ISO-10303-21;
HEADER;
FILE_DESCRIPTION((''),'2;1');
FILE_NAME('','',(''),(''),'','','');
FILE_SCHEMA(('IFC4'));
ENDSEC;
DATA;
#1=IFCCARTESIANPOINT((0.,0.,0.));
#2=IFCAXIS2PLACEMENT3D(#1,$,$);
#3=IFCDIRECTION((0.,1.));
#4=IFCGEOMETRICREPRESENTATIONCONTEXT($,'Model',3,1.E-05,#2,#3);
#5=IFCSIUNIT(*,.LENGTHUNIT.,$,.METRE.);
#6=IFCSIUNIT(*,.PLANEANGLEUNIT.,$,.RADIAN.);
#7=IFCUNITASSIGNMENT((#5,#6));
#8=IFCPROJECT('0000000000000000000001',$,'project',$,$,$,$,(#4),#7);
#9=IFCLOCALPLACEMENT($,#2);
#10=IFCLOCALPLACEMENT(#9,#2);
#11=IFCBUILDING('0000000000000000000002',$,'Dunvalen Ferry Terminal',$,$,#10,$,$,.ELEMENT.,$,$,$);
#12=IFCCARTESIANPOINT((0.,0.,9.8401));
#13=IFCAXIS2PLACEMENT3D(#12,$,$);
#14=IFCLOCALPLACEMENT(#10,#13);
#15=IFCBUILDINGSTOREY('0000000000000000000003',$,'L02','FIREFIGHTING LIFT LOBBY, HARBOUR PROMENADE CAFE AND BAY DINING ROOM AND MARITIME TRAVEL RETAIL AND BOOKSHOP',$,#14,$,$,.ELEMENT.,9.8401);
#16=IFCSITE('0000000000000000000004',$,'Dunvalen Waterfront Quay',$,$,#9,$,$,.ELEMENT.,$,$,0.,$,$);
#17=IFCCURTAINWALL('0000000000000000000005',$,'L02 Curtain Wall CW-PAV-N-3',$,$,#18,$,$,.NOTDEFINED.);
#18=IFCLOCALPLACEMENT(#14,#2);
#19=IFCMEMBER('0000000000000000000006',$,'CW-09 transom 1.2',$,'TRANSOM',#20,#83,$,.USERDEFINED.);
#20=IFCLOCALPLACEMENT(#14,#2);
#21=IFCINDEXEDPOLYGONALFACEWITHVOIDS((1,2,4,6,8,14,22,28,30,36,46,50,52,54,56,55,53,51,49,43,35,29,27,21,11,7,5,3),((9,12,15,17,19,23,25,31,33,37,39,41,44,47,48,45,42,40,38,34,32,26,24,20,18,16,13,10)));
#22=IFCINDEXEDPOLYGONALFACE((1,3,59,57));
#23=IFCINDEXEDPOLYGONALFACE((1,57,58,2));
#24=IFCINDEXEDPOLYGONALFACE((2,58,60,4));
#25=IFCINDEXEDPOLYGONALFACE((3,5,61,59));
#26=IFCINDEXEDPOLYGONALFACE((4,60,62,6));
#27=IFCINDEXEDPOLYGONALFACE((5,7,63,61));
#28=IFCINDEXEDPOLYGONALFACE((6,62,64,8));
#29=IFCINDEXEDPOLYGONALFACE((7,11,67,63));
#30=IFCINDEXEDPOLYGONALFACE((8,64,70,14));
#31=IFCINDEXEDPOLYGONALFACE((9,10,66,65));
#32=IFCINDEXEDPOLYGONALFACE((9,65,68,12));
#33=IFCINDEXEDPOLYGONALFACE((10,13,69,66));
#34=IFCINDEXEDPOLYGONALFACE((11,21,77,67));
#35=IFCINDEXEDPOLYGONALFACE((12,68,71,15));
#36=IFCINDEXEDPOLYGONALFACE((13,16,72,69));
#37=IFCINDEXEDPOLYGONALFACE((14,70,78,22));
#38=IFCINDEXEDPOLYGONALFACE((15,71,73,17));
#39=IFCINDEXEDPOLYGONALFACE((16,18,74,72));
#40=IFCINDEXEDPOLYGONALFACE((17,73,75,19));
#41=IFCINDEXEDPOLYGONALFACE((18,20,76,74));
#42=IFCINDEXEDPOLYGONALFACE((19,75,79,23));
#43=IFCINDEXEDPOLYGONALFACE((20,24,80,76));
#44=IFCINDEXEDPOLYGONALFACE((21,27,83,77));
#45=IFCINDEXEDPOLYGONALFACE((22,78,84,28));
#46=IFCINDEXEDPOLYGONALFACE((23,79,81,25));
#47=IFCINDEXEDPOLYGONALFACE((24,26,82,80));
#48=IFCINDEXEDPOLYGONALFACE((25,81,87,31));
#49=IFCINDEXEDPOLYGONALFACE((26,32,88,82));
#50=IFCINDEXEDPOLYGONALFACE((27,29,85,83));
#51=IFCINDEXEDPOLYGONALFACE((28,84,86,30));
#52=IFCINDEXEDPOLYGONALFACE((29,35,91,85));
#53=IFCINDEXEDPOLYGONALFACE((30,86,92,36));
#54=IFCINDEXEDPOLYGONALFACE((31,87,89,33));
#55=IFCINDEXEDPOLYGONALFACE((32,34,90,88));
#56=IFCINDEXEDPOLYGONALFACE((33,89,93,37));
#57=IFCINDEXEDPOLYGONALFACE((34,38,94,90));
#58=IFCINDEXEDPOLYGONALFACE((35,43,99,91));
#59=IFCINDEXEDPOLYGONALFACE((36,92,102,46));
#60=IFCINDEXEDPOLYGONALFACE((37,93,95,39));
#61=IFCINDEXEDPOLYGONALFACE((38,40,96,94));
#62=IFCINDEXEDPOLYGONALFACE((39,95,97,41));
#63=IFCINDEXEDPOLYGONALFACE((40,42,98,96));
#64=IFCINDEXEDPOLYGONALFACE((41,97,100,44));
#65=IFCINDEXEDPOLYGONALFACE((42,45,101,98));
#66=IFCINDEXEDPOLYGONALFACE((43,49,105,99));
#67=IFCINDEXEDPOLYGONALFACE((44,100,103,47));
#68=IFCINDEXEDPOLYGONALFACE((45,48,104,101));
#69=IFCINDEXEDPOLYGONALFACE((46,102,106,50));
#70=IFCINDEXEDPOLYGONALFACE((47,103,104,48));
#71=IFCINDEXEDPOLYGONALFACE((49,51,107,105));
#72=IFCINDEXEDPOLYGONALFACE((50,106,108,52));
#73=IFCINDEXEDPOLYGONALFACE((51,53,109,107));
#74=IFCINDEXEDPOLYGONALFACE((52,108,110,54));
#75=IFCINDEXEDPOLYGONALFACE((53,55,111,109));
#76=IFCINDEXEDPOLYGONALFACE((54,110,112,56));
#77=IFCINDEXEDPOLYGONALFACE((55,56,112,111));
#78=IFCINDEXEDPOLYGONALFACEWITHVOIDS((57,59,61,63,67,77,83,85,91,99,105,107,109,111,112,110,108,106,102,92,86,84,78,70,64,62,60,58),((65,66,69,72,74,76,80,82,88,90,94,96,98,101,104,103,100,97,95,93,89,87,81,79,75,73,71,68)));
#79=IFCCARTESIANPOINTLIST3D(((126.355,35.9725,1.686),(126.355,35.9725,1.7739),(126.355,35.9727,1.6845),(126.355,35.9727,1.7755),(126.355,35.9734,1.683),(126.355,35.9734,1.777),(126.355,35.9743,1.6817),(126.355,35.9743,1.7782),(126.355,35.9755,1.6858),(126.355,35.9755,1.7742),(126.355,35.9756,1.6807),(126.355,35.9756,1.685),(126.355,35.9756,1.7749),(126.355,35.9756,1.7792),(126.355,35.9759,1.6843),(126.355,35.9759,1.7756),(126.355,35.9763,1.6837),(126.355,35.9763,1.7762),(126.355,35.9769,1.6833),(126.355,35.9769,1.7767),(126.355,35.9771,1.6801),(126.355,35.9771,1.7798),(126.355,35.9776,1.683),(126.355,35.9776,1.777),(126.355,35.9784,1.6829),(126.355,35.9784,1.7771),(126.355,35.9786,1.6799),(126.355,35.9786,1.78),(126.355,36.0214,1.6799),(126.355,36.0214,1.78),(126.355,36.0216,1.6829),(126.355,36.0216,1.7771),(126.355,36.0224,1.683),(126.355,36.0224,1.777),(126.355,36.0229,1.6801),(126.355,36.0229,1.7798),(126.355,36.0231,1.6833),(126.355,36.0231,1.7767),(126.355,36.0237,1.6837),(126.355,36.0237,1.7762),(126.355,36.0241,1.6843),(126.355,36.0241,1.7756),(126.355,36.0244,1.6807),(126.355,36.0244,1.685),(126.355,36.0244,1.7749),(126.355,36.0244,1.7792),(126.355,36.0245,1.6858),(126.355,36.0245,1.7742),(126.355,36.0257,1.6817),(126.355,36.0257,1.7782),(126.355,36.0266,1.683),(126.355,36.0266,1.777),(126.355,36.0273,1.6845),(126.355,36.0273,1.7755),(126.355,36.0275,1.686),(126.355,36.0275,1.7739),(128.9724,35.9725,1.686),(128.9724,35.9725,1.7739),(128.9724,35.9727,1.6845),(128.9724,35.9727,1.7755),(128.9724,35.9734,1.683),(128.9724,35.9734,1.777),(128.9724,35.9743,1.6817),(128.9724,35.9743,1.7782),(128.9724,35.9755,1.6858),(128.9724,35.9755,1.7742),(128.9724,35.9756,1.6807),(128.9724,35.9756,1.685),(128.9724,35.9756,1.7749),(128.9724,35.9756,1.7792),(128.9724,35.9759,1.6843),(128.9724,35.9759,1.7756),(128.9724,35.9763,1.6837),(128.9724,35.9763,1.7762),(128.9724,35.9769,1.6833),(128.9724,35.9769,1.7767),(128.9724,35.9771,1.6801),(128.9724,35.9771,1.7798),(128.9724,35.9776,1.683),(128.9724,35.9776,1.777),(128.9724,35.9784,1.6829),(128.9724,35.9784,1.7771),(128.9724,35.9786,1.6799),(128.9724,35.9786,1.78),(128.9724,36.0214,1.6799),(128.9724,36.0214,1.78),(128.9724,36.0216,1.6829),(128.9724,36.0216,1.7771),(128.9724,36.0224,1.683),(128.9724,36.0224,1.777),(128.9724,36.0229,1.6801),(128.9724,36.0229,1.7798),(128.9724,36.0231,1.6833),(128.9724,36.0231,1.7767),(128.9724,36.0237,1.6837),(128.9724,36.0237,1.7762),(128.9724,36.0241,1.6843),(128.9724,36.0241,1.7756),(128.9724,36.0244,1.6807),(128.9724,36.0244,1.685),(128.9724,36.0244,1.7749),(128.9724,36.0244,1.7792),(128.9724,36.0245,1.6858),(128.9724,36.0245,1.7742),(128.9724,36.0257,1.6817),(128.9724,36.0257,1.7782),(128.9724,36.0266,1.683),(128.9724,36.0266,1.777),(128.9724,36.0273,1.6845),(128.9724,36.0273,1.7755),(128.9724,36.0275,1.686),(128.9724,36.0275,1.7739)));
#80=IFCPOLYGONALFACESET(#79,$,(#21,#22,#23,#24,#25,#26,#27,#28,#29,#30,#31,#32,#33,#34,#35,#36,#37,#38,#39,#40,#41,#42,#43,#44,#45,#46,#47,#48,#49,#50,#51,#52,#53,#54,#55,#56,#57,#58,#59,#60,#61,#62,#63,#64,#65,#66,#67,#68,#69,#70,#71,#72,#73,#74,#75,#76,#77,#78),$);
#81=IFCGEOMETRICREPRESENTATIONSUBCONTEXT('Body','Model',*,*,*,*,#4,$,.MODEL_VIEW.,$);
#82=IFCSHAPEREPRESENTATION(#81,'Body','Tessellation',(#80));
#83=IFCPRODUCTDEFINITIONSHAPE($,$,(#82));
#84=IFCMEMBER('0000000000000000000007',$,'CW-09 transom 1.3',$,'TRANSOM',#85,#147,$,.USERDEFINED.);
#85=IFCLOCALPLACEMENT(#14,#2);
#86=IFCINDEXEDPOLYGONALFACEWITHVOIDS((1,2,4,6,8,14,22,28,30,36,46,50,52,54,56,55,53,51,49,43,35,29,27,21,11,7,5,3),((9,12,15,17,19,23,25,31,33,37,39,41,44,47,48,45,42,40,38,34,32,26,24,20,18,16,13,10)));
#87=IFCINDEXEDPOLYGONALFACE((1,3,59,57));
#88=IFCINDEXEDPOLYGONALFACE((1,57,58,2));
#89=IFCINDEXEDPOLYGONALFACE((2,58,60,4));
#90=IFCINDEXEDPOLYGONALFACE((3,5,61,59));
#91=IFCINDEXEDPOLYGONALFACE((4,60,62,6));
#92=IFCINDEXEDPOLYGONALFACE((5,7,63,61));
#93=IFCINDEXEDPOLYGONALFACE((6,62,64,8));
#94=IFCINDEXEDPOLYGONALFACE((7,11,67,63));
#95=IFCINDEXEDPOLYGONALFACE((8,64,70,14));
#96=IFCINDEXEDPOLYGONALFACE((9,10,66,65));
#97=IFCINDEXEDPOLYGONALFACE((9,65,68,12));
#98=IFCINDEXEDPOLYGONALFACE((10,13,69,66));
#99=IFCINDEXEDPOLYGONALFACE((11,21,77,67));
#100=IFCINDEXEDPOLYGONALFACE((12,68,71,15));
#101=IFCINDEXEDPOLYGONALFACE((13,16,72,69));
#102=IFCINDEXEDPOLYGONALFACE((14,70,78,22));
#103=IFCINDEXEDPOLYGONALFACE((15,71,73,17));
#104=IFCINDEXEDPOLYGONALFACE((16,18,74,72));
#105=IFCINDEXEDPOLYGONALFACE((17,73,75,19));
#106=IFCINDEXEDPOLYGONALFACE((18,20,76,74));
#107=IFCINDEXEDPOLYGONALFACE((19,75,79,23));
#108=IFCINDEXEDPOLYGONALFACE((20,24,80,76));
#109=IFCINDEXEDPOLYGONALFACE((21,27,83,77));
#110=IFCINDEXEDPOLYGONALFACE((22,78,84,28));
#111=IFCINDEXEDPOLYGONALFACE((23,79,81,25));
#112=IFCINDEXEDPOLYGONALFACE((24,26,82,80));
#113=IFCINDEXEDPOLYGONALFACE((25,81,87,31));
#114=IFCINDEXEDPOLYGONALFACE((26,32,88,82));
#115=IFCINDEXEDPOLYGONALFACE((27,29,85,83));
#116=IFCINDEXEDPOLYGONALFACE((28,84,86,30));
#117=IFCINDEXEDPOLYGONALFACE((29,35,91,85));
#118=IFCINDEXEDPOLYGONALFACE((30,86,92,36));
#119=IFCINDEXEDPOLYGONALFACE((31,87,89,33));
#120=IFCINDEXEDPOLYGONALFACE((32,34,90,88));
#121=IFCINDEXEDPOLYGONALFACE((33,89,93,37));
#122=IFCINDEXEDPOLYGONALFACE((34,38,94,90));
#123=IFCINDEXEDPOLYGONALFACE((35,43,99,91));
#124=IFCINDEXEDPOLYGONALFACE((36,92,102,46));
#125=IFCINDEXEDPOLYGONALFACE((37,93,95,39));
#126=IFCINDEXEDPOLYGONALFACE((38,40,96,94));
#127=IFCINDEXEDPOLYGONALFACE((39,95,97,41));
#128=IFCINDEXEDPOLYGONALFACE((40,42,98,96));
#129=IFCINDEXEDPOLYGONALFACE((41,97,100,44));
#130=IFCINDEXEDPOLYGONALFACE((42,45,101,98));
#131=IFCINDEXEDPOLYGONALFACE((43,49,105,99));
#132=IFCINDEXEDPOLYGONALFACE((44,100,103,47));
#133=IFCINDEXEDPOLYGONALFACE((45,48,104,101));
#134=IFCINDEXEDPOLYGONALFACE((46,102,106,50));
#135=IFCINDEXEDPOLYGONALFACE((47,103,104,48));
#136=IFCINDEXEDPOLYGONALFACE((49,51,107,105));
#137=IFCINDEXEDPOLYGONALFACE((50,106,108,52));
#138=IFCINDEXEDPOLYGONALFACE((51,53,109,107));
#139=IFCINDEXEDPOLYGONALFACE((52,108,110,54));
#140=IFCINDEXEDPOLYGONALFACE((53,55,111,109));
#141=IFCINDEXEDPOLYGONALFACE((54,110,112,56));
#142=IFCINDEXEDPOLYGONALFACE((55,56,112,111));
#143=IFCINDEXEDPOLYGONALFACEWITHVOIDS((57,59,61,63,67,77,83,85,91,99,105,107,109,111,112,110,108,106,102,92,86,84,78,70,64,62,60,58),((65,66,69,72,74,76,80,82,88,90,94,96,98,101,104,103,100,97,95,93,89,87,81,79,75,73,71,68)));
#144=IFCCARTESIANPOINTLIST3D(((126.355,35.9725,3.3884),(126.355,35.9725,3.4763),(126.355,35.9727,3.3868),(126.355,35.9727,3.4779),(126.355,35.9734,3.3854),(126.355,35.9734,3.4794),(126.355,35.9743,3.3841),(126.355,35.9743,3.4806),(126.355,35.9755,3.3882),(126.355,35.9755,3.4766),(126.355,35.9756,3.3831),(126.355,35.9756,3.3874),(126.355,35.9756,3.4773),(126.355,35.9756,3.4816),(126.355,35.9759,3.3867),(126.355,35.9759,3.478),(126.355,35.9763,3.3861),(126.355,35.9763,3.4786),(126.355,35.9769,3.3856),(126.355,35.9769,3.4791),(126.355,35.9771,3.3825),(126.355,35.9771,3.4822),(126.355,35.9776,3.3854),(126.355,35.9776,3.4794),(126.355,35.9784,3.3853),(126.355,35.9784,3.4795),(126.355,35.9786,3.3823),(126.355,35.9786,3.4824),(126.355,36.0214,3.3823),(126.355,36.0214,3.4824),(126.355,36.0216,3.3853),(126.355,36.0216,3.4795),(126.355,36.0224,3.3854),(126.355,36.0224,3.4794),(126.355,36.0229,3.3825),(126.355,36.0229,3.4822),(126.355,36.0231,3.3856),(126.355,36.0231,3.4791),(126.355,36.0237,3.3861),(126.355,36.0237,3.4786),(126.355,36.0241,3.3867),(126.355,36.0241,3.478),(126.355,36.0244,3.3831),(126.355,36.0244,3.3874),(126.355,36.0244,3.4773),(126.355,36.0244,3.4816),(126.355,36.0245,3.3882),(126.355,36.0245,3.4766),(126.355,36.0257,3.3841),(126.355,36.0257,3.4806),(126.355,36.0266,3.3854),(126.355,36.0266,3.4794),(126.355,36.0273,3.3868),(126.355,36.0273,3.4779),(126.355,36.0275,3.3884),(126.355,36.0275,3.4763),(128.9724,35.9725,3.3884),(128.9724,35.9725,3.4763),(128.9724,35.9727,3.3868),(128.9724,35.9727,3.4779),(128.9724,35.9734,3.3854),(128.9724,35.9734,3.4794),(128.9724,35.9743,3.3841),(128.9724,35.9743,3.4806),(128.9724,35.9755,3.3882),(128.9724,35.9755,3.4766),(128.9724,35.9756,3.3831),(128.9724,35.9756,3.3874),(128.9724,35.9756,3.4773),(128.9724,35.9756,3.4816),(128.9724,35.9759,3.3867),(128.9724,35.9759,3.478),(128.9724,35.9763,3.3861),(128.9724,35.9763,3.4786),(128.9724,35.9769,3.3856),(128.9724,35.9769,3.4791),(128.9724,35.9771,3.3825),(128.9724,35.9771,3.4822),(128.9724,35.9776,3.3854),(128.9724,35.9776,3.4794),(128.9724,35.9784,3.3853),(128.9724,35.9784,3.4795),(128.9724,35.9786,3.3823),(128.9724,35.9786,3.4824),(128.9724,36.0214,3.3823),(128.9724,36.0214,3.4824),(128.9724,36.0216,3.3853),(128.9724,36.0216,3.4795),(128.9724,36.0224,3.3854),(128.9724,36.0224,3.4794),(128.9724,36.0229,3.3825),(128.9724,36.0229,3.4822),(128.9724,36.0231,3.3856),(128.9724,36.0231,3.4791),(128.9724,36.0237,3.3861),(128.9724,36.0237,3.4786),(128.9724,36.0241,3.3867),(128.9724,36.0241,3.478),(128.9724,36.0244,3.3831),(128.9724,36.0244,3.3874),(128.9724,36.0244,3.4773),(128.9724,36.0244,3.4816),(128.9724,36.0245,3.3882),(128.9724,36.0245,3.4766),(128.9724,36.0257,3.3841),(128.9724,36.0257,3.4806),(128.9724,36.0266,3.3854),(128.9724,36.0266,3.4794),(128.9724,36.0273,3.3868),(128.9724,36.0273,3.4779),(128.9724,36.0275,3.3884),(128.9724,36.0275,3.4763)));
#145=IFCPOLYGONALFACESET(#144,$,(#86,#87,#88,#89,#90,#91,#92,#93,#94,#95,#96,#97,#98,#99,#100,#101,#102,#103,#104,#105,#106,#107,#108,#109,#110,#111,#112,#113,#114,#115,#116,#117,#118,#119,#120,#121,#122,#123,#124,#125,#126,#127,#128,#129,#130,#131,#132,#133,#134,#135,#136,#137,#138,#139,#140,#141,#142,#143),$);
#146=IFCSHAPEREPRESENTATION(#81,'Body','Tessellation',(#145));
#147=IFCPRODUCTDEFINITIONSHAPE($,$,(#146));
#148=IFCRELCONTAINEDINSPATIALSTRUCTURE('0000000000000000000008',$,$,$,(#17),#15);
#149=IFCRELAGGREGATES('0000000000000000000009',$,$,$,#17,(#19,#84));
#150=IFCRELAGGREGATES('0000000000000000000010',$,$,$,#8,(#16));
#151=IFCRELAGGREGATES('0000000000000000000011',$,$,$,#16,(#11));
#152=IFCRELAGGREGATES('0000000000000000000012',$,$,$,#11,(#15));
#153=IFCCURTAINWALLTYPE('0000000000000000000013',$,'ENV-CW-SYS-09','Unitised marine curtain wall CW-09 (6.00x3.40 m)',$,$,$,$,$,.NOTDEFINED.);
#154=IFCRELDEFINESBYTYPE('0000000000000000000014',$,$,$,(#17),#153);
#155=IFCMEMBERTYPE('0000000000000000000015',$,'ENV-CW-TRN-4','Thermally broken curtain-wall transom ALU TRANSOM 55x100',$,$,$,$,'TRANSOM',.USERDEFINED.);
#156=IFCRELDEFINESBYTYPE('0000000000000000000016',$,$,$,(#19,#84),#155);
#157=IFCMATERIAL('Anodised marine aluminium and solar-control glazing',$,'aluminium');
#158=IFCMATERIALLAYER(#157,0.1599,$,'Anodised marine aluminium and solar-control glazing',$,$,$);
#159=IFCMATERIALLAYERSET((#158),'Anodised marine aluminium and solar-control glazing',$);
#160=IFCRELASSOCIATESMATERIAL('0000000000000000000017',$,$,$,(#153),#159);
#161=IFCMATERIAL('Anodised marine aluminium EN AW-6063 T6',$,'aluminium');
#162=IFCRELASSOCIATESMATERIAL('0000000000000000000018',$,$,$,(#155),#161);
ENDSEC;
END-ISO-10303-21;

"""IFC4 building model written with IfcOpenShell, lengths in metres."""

from ifc_helpers import new_model, si_unit, direction, frame, origin, origin_2d, place, context, subcontext, project, spatial, hollow_rectangle, extrude, material, layer, layer_set, material_profile, profile_set, type_object, element, aggregate, save


model = new_model("IFC4")

# Units and contexts
model_context = context("Model", 3, precision=1e-05, world=origin(), true_north=direction((0.0, 1.0)))
body_context = subcontext(model_context, "Body", "Model", "MODEL_VIEW")
ifc_project = project(units=[si_unit("LENGTHUNIT", "METRE"), si_unit("PLANEANGLEUNIT", "RADIAN")], contexts=[model_context])

# Site, building, storey
site_placement = place(None, origin())
site = spatial("IfcSite", under=ifc_project, at=site_placement, Name="Dunvalen Waterfront Quay", CompositionType="ELEMENT", RefElevation=0.0)
building_placement = place(site_placement, origin())
building = spatial("IfcBuilding", under=site, at=building_placement, Name="Dunvalen Ferry Terminal", CompositionType="ELEMENT")
storey_placement = place(building_placement, frame((0.0, 0.0, 9.8401)))
storey = spatial("IfcBuildingStorey", under=building, at=storey_placement, Name="L02", Description="FIREFIGHTING LIFT LOBBY, HARBOUR PROMENADE CAFE AND BAY DINING ROOM AND MARITIME TRAVEL RETAIL AND BOOKSHOP", CompositionType="ELEMENT", Elevation=9.8401)

# Shared definitions
ifc_material_1 = material(Name="Anodised marine aluminium and solar-control glazing", Category="aluminium")
ifc_layer_1 = layer(ifc_material_1, 0.1599, Name="Anodised marine aluminium and solar-control glazing")
ifc_layer_set_1 = layer_set([ifc_layer_1], Name="Anodised marine aluminium and solar-control glazing")
curtain_wall_type = type_object("IfcCurtainWallType", Name="ENV-CW-SYS-09", Description="Unitised marine curtain wall CW-09 (6.00x3.40 m)", PredefinedType="NOTDEFINED", material=ifc_layer_set_1)
ifc_material_2 = material(Name="Anodised marine aluminium EN AW-6063 T6", Category="aluminium")

# Curtain wall, members
curtain_wall_1_placement = place(storey_placement, origin())
curtain_wall_1 = element("IfcCurtainWall", 1, at=curtain_wall_1_placement, inside=storey, type_object=curtain_wall_type, Name="L02 Curtain Wall CW-PAV-N-3", PredefinedType="NOTDEFINED")
ifc_material_profile_1 = material_profile(ifc_material_2, hollow_rectangle(XDim=0.0549, YDim=0.1001, WallThickness=0.0029, InnerFilletRadius=0.0029, OuterFilletRadius=0.0061, at=origin_2d()), Name="Anodised marine aluminium EN AW-6063 T6")
ifc_profile_set_1 = profile_set([ifc_material_profile_1], Name="Anodised marine aluminium EN AW-6063 T6")
member_type_1 = type_object("IfcMemberType", Name="ENV-CW-TRN-4", Description="Thermally broken curtain-wall transom ALU TRANSOM 55x100", ElementType="TRANSOM", PredefinedType="USERDEFINED", material=ifc_profile_set_1)
member_1_placement = place(storey_placement, frame((126.355, 36.0, 1.73), z_axis=(1.0, 0.0, 0.0), x_axis=(0.0, 1.0, 0.0)))
member_1 = element("IfcMember", 2, at=member_1_placement, type_object=member_type_1, Name="CW-09 transom 1.2", ObjectType="TRANSOM", PredefinedType="USERDEFINED", context=body_context, shape_type="SweptSolid", body=[
    extrude(hollow_rectangle(XDim=0.0549, YDim=0.1001, WallThickness=0.0029, InnerFilletRadius=0.0029, OuterFilletRadius=0.0061, at=origin_2d()), origin(), (0.0, 0.0, 1.0), 2.6174),
])
member_2_placement = place(storey_placement, frame((126.355, 36.0, 3.4324), z_axis=(1.0, 0.0, 0.0), x_axis=(0.0, 1.0, 0.0)))
member_2 = element("IfcMember", 3, at=member_2_placement, type_object=member_type_1, Name="CW-09 transom 1.3", ObjectType="TRANSOM", PredefinedType="USERDEFINED", context=body_context, shape_type="SweptSolid", body=[
    extrude(hollow_rectangle(XDim=0.0549, YDim=0.1001, WallThickness=0.0029, InnerFilletRadius=0.0029, OuterFilletRadius=0.0061, at=origin_2d()), origin(), (0.0, 0.0, 1.0), 2.6174),
])

aggregate(curtain_wall_1, [member_1, member_2])

save(model, "model.ifc")
